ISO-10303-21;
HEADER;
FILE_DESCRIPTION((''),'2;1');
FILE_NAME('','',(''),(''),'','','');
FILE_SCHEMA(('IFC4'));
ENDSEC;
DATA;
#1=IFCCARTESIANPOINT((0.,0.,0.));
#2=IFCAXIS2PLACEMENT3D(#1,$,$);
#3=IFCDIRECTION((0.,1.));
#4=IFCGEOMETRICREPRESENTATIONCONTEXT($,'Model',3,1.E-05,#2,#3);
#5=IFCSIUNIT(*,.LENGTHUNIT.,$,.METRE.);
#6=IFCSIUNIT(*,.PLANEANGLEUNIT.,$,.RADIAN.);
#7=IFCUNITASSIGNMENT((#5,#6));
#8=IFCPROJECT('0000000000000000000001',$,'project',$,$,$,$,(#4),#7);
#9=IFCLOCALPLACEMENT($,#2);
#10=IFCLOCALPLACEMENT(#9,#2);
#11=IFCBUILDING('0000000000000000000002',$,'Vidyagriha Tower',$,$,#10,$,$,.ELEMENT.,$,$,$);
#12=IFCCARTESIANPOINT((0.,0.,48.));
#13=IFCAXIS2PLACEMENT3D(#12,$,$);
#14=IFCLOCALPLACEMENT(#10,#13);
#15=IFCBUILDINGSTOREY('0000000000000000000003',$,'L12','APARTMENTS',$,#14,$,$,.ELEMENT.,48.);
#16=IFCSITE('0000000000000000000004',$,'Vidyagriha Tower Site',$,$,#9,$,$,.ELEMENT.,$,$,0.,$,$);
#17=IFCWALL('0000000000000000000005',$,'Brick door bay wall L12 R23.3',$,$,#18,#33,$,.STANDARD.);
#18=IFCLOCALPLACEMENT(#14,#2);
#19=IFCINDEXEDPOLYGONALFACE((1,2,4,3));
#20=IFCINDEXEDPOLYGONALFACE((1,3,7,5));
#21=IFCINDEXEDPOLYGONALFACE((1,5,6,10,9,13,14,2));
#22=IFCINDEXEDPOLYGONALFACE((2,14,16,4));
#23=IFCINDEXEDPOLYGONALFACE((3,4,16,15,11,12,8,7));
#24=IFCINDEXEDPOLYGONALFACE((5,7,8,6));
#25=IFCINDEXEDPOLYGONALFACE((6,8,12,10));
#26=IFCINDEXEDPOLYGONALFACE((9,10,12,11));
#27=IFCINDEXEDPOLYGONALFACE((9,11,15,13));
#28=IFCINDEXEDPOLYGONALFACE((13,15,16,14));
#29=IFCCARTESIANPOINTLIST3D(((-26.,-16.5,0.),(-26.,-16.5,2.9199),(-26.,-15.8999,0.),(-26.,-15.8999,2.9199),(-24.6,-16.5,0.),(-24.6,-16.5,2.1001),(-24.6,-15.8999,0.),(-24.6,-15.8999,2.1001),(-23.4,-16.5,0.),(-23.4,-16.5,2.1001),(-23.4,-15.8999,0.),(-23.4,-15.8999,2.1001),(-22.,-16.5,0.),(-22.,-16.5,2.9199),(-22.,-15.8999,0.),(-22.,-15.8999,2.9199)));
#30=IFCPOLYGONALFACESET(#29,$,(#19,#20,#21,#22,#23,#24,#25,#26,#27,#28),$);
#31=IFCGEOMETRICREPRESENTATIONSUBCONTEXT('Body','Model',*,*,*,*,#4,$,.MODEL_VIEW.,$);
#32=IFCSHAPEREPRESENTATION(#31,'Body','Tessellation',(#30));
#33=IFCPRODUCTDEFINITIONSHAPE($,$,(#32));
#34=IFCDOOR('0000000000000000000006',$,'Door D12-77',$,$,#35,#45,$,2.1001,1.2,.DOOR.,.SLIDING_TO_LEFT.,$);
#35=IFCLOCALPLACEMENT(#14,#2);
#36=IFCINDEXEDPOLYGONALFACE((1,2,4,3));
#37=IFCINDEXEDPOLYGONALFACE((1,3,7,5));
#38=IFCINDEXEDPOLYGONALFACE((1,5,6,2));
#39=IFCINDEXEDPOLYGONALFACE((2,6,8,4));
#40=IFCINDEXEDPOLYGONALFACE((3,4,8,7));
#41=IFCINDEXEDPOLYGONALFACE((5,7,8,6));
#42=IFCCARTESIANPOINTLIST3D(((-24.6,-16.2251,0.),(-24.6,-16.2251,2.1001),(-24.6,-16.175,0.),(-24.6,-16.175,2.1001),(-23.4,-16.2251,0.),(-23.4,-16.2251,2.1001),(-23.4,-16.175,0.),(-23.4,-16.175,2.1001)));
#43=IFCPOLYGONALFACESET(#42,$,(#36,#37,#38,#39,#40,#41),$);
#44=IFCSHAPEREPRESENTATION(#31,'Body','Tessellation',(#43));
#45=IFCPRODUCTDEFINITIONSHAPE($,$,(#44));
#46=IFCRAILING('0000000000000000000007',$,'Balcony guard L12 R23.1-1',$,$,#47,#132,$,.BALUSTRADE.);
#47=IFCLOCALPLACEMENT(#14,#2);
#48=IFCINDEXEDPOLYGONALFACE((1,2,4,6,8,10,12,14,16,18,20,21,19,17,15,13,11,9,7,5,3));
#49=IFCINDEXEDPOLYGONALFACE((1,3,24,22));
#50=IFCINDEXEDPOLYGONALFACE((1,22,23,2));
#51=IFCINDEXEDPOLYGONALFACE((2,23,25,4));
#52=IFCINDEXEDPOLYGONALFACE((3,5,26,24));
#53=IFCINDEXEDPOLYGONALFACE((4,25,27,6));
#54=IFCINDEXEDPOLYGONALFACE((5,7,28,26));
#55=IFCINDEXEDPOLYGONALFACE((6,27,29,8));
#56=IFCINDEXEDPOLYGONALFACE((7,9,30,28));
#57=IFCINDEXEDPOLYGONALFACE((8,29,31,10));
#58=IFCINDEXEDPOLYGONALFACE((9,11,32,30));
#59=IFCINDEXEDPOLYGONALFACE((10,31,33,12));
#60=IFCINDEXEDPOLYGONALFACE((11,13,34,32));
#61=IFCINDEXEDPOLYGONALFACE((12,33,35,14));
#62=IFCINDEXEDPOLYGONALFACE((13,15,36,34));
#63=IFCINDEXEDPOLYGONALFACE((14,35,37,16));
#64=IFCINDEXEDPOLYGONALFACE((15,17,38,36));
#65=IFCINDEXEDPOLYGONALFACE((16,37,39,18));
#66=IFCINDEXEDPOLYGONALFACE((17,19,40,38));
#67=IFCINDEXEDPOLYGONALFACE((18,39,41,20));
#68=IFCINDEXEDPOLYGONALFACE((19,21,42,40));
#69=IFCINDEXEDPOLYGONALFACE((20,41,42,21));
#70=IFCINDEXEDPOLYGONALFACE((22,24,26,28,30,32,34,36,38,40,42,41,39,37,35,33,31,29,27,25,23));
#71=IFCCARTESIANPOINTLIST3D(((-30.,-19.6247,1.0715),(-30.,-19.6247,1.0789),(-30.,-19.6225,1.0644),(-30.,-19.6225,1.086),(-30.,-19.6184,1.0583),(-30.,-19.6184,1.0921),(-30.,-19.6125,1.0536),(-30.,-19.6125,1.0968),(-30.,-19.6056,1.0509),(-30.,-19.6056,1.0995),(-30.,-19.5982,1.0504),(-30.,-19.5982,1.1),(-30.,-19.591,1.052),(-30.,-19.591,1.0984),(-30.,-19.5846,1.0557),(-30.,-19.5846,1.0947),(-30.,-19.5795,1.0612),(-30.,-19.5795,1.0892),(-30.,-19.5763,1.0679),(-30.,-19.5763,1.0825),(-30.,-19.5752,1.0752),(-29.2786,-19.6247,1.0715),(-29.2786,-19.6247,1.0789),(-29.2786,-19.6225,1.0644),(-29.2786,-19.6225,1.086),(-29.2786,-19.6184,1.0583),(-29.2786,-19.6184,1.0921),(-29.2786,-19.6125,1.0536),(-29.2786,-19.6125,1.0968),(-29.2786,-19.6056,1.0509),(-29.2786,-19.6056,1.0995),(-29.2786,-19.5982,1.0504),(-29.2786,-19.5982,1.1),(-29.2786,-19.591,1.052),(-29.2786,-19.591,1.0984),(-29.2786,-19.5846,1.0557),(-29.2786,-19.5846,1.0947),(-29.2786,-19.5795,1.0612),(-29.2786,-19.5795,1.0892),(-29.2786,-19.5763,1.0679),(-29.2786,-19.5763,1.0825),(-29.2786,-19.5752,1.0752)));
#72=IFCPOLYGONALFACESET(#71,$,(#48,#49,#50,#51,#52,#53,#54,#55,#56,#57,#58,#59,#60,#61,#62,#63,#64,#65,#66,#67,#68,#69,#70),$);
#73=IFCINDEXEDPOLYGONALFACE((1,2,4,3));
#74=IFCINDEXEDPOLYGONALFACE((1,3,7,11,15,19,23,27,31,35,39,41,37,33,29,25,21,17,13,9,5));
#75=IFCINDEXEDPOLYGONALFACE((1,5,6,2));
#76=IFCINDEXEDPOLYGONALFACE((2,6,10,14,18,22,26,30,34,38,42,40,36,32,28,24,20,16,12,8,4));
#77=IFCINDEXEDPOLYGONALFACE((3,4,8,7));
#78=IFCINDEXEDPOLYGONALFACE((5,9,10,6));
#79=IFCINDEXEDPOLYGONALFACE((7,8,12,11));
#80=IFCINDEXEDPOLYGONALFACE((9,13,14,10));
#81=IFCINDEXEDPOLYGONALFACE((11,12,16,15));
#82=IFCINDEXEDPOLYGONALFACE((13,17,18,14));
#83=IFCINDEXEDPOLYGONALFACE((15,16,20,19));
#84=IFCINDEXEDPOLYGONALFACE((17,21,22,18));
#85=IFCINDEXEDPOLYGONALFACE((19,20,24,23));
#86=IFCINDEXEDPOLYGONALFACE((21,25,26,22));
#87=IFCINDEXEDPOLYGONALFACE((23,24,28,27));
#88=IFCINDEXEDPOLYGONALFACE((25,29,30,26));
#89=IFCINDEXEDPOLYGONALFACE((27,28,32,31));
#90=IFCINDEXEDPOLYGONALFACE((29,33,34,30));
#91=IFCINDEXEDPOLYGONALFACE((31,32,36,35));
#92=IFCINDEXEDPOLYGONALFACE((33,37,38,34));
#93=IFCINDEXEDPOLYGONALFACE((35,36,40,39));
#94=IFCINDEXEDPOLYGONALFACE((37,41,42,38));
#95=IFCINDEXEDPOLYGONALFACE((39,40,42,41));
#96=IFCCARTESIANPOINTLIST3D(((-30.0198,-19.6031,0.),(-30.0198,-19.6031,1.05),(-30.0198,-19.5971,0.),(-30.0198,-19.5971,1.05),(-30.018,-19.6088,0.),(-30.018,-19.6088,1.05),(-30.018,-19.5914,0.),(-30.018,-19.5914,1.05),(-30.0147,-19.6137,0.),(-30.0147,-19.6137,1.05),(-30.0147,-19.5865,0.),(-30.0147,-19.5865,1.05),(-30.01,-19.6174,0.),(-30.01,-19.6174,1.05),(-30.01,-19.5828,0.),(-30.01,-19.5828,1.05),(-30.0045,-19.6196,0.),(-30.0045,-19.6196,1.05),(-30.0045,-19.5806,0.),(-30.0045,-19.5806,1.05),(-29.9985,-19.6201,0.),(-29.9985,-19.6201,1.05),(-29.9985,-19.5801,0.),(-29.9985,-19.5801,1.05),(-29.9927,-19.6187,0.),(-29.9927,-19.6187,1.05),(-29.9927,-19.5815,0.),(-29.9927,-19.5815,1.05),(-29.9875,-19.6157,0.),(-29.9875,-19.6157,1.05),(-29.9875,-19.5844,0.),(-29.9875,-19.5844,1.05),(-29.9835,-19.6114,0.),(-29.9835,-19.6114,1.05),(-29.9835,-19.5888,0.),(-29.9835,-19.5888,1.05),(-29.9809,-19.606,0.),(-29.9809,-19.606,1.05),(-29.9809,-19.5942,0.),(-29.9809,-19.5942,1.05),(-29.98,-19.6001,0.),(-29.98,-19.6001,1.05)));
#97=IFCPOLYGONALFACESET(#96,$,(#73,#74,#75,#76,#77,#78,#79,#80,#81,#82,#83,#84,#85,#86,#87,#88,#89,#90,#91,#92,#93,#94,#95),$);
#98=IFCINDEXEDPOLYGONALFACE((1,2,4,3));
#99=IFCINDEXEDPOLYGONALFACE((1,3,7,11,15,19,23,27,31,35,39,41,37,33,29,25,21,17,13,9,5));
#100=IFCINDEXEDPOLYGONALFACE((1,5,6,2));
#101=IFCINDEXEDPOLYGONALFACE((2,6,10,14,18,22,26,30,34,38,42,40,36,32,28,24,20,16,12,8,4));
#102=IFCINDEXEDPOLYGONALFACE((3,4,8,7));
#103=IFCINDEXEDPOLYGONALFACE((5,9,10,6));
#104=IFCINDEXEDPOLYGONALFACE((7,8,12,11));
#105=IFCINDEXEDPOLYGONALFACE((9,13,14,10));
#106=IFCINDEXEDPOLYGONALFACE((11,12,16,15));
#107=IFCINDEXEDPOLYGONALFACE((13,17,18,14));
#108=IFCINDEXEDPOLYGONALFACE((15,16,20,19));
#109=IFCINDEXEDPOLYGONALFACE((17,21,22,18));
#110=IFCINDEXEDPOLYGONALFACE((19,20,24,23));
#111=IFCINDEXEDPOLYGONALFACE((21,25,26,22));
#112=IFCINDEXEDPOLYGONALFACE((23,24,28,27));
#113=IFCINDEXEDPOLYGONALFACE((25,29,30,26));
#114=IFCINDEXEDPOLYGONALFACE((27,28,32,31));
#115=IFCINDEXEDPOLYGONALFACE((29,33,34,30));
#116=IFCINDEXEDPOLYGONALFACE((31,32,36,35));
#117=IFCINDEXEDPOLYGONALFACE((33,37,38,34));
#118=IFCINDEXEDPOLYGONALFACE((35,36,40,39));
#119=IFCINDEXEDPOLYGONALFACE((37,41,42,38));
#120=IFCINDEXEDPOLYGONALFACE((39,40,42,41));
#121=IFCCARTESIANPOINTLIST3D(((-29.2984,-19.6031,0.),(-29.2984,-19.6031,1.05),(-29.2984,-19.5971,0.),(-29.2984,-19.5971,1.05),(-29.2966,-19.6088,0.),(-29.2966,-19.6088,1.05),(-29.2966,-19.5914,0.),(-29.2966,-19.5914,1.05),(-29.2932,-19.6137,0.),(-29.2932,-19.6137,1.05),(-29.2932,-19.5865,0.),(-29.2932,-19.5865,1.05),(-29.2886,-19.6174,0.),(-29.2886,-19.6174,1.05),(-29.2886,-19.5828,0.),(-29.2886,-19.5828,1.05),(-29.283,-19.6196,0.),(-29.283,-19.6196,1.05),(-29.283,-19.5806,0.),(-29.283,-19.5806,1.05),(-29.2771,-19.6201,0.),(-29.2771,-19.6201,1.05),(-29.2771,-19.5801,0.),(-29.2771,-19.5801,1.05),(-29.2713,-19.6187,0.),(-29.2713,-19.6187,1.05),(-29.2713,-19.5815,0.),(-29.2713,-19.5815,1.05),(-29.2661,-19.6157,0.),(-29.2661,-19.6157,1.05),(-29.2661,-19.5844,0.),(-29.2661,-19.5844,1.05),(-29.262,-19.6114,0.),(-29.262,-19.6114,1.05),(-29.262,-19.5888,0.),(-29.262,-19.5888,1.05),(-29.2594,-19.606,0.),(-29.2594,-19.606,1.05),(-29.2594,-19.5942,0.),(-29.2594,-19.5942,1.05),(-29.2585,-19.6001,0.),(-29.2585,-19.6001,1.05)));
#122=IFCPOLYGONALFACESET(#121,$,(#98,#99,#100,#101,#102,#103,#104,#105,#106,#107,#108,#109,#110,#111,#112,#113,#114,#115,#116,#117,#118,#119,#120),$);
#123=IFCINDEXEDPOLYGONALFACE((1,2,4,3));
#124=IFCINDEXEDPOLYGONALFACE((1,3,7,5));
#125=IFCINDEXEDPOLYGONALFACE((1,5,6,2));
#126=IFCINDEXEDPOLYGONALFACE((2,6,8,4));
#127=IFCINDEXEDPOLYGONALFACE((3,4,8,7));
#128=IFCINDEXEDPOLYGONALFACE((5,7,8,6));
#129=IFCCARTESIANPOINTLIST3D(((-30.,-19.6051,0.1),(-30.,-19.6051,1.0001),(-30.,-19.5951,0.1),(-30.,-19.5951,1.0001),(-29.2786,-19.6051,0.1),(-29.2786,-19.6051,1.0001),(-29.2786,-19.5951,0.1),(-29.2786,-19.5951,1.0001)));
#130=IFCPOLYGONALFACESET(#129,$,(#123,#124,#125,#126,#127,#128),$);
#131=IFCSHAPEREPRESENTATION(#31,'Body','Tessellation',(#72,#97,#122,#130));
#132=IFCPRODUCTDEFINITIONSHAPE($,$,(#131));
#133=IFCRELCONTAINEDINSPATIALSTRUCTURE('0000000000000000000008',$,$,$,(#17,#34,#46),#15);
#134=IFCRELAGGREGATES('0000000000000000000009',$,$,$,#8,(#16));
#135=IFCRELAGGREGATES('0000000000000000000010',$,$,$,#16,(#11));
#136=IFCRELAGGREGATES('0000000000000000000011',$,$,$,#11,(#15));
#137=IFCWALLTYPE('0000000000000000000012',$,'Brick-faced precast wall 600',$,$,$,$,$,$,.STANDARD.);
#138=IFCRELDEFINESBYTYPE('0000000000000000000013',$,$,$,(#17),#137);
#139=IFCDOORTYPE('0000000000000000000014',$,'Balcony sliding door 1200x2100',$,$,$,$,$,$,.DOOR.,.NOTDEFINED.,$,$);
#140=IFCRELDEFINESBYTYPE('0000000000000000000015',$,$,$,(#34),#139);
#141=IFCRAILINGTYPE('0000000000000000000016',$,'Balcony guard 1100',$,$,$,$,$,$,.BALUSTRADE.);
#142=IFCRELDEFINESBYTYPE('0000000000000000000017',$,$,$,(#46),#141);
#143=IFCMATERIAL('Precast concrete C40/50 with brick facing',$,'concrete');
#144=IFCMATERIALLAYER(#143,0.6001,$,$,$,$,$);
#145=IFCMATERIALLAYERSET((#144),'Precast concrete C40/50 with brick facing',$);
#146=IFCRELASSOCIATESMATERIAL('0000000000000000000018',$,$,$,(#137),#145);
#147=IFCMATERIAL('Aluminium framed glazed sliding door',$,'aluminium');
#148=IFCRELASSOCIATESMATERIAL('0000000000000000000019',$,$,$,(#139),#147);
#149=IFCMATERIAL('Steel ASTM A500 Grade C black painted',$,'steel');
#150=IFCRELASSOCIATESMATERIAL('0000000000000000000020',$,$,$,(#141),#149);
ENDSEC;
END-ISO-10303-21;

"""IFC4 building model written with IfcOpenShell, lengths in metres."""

from ifc_helpers import new_model, si_unit, direction, frame, frame_2d, origin, origin_2d, place, context, subcontext, project, spatial, rectangle, circle, extrude, material, layer, layer_set, type_object, element, fill, save


model = new_model("IFC4")

# Units and contexts
model_context = context("Model", 3, precision=1e-05, world=origin(), true_north=direction((0.0, 1.0)))
body_context = subcontext(model_context, "Body", "Model", "MODEL_VIEW")
ifc_project = project(units=[si_unit("LENGTHUNIT", "METRE"), si_unit("PLANEANGLEUNIT", "RADIAN")], contexts=[model_context])

# Site, building, storey
site_placement = place(None, origin())
site = spatial("IfcSite", under=ifc_project, at=site_placement, Name="Vidyagriha Tower Site", CompositionType="ELEMENT", RefElevation=0.0)
building_placement = place(site_placement, origin())
building = spatial("IfcBuilding", under=site, at=building_placement, Name="Vidyagriha Tower", CompositionType="ELEMENT")
storey_placement = place(building_placement, frame((0.0, 0.0, 48.0)))
storey = spatial("IfcBuildingStorey", under=building, at=storey_placement, Name="L12", Description="APARTMENTS", CompositionType="ELEMENT", Elevation=48.0)

# Shared definitions
ifc_material_1 = material(Name="Precast concrete C40/50 with brick facing", Category="concrete")
ifc_layer_1 = layer(ifc_material_1, 0.6001)
ifc_layer_set_1 = layer_set([ifc_layer_1], Name="Precast concrete C40/50 with brick facing")
wall_type = type_object("IfcWallType", Name="Brick-faced precast wall 600", PredefinedType="STANDARD", material=ifc_layer_set_1)

# Wall, opening, door
wall_1_placement = place(storey_placement, frame((-26.0, -16.2, 0.0)))
wall_1 = element("IfcWall", 1, at=wall_1_placement, inside=storey, type_object=wall_type, Name="Brick door bay wall L12 R23.3", PredefinedType="STANDARD", context=body_context, shape_type="SweptSolid", body=[
    extrude(rectangle(XDim=4.0, YDim=0.6001, at=frame_2d((2.0, 0.0))), origin(), (0.0, 0.0, 1.0), 2.9199),
])
opening_1_placement = place(wall_1_placement, frame((1.3999, 0.0, 0.0)))
opening_1 = element("IfcOpeningElement", 2, at=opening_1_placement, cuts=wall_1, PredefinedType="OPENING", context=body_context, shape_type="SweptSolid", body=[
    extrude(rectangle(XDim=1.2, YDim=2.1001, at=frame_2d((0.6001, 1.05))), frame((0.0, 0.3101, 0.0), z_axis=(0.0, -1.0, 0.0), x_axis=(1.0, 0.0, 0.0)), (0.0, 0.0, 1.0), 0.6201),
])
ifc_material_2 = material(Name="Aluminium framed glazed sliding door", Category="aluminium")
door_type = type_object("IfcDoorType", Name="Balcony sliding door 1200x2100", OperationType="NOTDEFINED", PredefinedType="DOOR", material=ifc_material_2)
door_placement = place(opening_1_placement, origin())
door = element("IfcDoor", 3, at=door_placement, inside=storey, type_object=door_type, Name="Door D12-77", OperationType="SLIDING_TO_LEFT", OverallHeight=2.1001, OverallWidth=1.2, PredefinedType="DOOR", context=body_context, shape_type="SweptSolid", body=[
    extrude(rectangle(XDim=1.2, YDim=2.1001, at=frame_2d((0.6001, 1.05))), frame((0.0, 0.0249, 0.0), z_axis=(0.0, -1.0, 0.0), x_axis=(1.0, 0.0, 0.0)), (0.0, 0.0, 1.0), 0.05),
])
fill(opening_1, door)

# Railing
ifc_material_3 = material(Name="Steel ASTM A500 Grade C black painted", Category="steel")
railing_type_1 = type_object("IfcRailingType", Name="Balcony guard 1100", PredefinedType="BALUSTRADE", material=ifc_material_3)
railing_1_placement = place(storey_placement, frame((-30.0, -19.6001, 0.0)))
element("IfcRailing", 4, at=railing_1_placement, inside=storey, type_object=railing_type_1, Name="Balcony guard L12 R23.1-1", PredefinedType="BALUSTRADE", context=body_context, shape_type="SweptSolid", body=[
    extrude(circle(Radius=0.0249, at=origin_2d()), frame((0.0, 0.0, 1.0752), z_axis=(1.0, 0.0, 0.0), x_axis=(0.0, 1.0, 0.0)), (0.0, 0.0, 1.0), 0.7214),
    extrude(circle(Radius=0.02, at=origin_2d()), origin(), (0.0, 0.0, 1.0), 1.05),
    extrude(circle(Radius=0.02, at=origin_2d()), frame((0.7214, 0.0, 0.0)), (0.0, 0.0, 1.0), 1.05),
    extrude(rectangle(XDim=0.01, YDim=0.9001, at=origin_2d()), frame((0.0, 0.0, 0.55), z_axis=(1.0, 0.0, 0.0), x_axis=(0.0, 1.0, 0.0)), (0.0, 0.0, 1.0), 0.7214),
])

save(model, "model.ifc")
